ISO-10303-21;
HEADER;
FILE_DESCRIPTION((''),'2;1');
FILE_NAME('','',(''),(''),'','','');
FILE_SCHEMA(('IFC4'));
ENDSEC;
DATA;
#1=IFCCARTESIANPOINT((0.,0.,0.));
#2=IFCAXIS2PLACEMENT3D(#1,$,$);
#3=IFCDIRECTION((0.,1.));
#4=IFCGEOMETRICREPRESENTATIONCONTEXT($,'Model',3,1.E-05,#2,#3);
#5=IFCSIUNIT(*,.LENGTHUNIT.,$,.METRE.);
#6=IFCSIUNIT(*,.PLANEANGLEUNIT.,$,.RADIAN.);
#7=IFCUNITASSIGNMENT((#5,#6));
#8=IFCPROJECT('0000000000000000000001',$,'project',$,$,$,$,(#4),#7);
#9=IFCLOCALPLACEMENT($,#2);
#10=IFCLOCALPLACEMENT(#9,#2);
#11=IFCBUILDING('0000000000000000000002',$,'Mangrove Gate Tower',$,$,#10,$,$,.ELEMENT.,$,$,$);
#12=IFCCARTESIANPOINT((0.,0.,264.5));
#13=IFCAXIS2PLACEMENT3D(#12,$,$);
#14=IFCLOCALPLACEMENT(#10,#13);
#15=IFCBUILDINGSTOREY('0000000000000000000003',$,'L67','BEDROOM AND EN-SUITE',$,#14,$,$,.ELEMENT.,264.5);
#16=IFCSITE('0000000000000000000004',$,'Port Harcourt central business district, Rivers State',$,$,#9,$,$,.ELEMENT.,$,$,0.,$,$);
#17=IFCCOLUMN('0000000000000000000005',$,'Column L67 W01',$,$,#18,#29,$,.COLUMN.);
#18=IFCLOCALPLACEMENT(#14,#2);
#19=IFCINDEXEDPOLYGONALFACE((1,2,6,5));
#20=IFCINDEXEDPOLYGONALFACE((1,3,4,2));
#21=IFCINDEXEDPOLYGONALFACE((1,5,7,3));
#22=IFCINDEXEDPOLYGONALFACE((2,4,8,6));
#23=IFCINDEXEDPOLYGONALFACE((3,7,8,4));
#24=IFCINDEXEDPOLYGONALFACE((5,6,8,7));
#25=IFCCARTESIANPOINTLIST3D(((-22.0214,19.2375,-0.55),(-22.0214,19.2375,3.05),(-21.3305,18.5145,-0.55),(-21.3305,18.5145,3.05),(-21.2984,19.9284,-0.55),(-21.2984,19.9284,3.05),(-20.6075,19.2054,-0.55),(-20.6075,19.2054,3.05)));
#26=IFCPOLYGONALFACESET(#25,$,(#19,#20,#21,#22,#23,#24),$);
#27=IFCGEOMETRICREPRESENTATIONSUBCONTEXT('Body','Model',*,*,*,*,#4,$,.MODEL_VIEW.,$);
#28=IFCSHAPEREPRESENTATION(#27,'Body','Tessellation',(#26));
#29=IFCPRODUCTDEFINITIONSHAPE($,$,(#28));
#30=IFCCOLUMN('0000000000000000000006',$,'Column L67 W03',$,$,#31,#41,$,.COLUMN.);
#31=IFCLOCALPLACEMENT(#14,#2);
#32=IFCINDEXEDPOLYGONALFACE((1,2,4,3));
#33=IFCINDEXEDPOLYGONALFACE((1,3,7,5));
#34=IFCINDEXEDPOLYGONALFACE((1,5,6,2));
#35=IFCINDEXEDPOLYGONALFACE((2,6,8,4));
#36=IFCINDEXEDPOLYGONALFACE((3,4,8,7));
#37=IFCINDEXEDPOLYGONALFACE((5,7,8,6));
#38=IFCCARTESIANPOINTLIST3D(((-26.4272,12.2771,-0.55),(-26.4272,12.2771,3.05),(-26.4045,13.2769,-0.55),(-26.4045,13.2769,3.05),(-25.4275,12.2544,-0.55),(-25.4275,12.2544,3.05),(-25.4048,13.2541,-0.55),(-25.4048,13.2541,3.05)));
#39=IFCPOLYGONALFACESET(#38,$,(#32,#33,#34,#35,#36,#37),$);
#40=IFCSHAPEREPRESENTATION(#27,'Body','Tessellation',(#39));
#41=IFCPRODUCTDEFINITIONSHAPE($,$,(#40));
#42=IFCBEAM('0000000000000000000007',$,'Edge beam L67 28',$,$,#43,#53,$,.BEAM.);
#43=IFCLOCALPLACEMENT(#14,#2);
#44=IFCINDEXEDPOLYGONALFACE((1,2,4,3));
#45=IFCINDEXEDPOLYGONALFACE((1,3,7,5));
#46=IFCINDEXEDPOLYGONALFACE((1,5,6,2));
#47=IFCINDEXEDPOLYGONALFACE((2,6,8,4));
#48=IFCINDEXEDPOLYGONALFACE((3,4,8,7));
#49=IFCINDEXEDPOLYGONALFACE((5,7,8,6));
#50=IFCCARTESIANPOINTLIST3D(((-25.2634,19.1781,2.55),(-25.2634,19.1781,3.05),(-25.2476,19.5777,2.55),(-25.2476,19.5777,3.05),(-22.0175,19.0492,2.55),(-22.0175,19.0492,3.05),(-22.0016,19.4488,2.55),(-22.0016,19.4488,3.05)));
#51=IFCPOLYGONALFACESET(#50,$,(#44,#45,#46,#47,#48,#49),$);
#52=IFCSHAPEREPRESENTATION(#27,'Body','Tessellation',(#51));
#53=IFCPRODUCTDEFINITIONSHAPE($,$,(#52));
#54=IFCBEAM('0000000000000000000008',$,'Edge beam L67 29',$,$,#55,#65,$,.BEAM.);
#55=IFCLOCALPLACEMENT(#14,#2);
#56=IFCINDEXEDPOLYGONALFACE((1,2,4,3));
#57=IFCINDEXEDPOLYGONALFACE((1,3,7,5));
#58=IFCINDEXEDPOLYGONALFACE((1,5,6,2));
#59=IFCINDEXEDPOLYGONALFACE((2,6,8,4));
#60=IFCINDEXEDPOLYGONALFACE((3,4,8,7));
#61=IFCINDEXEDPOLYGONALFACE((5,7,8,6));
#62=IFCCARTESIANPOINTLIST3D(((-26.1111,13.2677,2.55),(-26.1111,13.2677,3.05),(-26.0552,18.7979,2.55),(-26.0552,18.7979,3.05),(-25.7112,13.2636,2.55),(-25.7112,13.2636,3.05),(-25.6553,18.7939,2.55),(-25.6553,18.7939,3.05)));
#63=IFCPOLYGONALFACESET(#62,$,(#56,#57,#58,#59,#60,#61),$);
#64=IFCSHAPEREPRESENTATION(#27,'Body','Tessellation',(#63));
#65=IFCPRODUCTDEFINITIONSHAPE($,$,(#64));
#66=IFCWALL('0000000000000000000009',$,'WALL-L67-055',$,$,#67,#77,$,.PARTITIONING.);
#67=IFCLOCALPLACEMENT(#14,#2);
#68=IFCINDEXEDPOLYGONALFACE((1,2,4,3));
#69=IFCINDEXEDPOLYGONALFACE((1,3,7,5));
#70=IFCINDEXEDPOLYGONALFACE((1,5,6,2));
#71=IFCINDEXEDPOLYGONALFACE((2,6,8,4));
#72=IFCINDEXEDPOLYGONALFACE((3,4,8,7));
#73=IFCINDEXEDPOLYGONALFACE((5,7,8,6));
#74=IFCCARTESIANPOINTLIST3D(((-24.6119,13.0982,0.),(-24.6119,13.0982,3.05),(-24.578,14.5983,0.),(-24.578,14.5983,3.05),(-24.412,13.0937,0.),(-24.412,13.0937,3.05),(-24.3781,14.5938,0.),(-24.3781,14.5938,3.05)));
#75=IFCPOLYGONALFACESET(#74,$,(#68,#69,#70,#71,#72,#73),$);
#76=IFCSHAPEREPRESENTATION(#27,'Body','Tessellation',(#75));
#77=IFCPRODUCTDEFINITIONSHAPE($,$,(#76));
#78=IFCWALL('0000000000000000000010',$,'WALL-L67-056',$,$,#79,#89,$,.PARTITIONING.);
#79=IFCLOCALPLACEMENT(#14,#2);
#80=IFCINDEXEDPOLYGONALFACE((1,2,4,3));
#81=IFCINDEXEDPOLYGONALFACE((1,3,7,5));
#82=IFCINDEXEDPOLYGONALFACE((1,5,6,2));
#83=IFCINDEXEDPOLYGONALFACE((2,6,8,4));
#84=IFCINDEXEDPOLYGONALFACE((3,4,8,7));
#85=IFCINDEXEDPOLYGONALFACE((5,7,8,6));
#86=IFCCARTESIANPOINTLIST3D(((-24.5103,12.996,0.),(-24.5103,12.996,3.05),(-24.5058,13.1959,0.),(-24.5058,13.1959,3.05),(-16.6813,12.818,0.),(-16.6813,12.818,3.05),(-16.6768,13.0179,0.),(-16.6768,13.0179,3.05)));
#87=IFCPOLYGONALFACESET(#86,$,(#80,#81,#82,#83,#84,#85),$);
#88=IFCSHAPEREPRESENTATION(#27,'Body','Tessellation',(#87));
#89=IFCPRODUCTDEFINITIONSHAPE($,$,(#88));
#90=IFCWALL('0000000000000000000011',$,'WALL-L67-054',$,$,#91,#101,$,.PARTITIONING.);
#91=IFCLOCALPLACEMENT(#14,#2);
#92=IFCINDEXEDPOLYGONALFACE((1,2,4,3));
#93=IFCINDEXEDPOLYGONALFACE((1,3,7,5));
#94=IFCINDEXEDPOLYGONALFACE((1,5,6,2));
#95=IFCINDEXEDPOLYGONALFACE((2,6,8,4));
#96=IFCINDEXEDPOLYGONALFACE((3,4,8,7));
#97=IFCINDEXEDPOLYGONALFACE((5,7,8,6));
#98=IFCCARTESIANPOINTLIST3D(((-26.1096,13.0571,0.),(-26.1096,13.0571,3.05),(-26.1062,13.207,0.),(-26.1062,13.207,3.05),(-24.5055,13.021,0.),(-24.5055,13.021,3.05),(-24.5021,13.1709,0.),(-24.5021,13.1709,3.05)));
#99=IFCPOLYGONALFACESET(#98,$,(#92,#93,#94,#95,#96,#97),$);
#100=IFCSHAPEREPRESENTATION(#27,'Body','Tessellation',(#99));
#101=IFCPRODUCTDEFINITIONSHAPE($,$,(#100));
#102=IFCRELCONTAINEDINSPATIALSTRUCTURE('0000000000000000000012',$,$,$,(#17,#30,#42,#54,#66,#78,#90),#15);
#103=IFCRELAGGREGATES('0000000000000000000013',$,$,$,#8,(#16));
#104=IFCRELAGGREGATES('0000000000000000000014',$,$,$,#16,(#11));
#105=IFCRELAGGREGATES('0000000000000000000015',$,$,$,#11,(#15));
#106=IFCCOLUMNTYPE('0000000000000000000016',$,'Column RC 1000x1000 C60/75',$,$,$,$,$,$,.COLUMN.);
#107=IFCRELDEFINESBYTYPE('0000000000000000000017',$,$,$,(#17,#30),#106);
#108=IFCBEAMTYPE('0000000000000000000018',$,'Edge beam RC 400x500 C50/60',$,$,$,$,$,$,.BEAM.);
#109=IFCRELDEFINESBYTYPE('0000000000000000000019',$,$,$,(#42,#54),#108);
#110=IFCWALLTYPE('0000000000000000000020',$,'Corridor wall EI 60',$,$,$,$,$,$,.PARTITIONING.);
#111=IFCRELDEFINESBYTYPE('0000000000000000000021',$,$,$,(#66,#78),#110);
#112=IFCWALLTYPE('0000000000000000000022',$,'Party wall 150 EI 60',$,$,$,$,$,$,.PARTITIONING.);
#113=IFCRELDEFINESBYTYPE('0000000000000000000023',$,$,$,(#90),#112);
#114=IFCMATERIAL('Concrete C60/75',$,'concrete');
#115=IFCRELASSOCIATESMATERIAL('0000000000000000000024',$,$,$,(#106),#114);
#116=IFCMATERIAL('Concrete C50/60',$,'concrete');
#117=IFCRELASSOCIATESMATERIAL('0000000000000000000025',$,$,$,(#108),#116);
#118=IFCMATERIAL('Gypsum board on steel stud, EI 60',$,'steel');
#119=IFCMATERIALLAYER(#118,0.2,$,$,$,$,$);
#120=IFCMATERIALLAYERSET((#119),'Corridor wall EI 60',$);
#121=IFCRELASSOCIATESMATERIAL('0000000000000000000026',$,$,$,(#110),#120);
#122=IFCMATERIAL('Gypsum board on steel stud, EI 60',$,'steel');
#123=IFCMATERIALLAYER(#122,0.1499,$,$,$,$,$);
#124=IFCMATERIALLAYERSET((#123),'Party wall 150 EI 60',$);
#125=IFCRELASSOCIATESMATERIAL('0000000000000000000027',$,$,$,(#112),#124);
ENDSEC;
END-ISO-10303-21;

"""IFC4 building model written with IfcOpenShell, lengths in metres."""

from ifc_helpers import new_model, si_unit, direction, frame, frame_2d, origin, origin_2d, place, context, subcontext, project, spatial, rectangle, extrude, material, layer, layer_set, material_profile, profile_set, type_object, element, save


model = new_model("IFC4")

# Units and contexts
model_context = context("Model", 3, precision=1e-05, world=origin(), true_north=direction((0.0, 1.0)))
body_context = subcontext(model_context, "Body", "Model", "MODEL_VIEW")
ifc_project = project(units=[si_unit("LENGTHUNIT", "METRE"), si_unit("PLANEANGLEUNIT", "RADIAN")], contexts=[model_context])

# Site, building, storey
site_placement = place(None, origin())
site = spatial("IfcSite", under=ifc_project, at=site_placement, Name="Port Harcourt central business district, Rivers State", CompositionType="ELEMENT", RefElevation=0.0)
building_placement = place(site_placement, origin())
building = spatial("IfcBuilding", under=site, at=building_placement, Name="Mangrove Gate Tower", CompositionType="ELEMENT")
storey_placement = place(building_placement, frame((0.0, 0.0, 264.5)))
storey = spatial("IfcBuildingStorey", under=building, at=storey_placement, Name="L67", Description="BEDROOM AND EN-SUITE", CompositionType="ELEMENT", Elevation=264.5)

# Columns
ifc_material_1 = material(Name="Concrete C60/75", Category="concrete")
ifc_material_profile_1 = material_profile(ifc_material_1, rectangle(XDim=1.0, YDim=1.0, at=origin_2d()))
ifc_profile_set_1 = profile_set([ifc_material_profile_1], Name="Concrete C60/75")
column_type = type_object("IfcColumnType", Name="Column RC 1000x1000 C60/75", PredefinedType="COLUMN", material=ifc_profile_set_1)
for number, where, z_axis, x_axis, name in (
    (1, (-21.3145, 19.2214, -0.55), (0.0, 0.0, 1.0), (-0.722989, -0.69086, 0.0), "Column L67 W01"),
    (2, (-25.916, 12.7656, -0.55), (0.0, 0.0, 1.0), (-0.022712, -0.999742, 0.0), "Column L67 W03"),
):
    element("IfcColumn", number, at=place(storey_placement, frame(where, z_axis=z_axis, x_axis=x_axis)), inside=storey, type_object=column_type, Name=name, PredefinedType="COLUMN", context=body_context, shape_type="SweptSolid", body=[
        extrude(rectangle(XDim=1.0, YDim=1.0, at=origin_2d()), origin(), (0.0, 0.0, 1.0), 3.6001),
    ])

# Beams
ifc_material_2 = material(Name="Concrete C50/60", Category="concrete")
ifc_material_profile_2 = material_profile(ifc_material_2, rectangle(XDim=0.3999, YDim=0.5, at=origin_2d()))
ifc_profile_set_2 = profile_set([ifc_material_profile_2], Name="Concrete C50/60")
beam_type = type_object("IfcBeamType", Name="Edge beam RC 400x500 C50/60", PredefinedType="BEAM", material=ifc_profile_set_2)
beam_1_placement = place(storey_placement, frame((-22.0095, 19.249, 2.8), z_axis=(-0.999212, 0.03968, 0.0), x_axis=(-0.03968, -0.999212, 0.0)))
element("IfcBeam", 3, at=beam_1_placement, inside=storey, type_object=beam_type, Name="Edge beam L67 28", PredefinedType="BEAM", context=body_context, shape_type="SweptSolid", body=[
    extrude(rectangle(XDim=0.3999, YDim=0.5, at=origin_2d()), origin(), (0.0, 0.0, 1.0), 3.2485),
])
beam_2_placement = place(storey_placement, frame((-25.8552, 18.7959, 2.8), z_axis=(-0.010109, -0.999949, 0.0), x_axis=(0.999949, -0.010109, 0.0)))
element("IfcBeam", 4, at=beam_2_placement, inside=storey, type_object=beam_type, Name="Edge beam L67 29", PredefinedType="BEAM", context=body_context, shape_type="SweptSolid", body=[
    extrude(rectangle(XDim=0.3999, YDim=0.5, at=origin_2d()), origin(), (0.0, 0.0, 1.0), 5.5305),
])

# Walls
ifc_material_3 = material(Name="Gypsum board on steel stud, EI 60", Category="steel")
ifc_layer_1 = layer(ifc_material_3, 0.2)
ifc_layer_set_1 = layer_set([ifc_layer_1], Name="Corridor wall EI 60")
wall_type_1 = type_object("IfcWallType", Name="Corridor wall EI 60", PredefinedType="PARTITIONING", material=ifc_layer_set_1)
wall_1_placement = place(storey_placement, frame((-24.512, 13.0959, 0.0), z_axis=(0.0, 0.0, 1.0), x_axis=(0.022618, 0.999744, 0.0)))
element("IfcWall", 5, at=wall_1_placement, inside=storey, type_object=wall_type_1, Name="WALL-L67-055", PredefinedType="PARTITIONING", context=body_context, shape_type="SweptSolid", body=[
    extrude(rectangle(XDim=1.5005, YDim=0.2, at=frame_2d((0.7502, 0.0))), origin(), (0.0, 0.0, 1.0), 3.05),
])
wall_2_placement = place(storey_placement, frame((-24.5081, 13.0959, 0.0), z_axis=(0.0, 0.0, 1.0), x_axis=(0.999742, -0.022727, 0.0)))
element("IfcWall", 6, at=wall_2_placement, inside=storey, type_object=wall_type_1, Name="WALL-L67-056", PredefinedType="PARTITIONING", context=body_context, shape_type="SweptSolid", body=[
    extrude(rectangle(XDim=7.8311, YDim=0.2, at=frame_2d((3.9155, 0.0))), origin(), (0.0, 0.0, 1.0), 3.05),
])

# Wall
ifc_material_4 = material(Name="Gypsum board on steel stud, EI 60", Category="steel")
ifc_layer_2 = layer(ifc_material_4, 0.1499)
ifc_layer_set_2 = layer_set([ifc_layer_2], Name="Party wall 150 EI 60")
wall_type_2 = type_object("IfcWallType", Name="Party wall 150 EI 60", PredefinedType="PARTITIONING", material=ifc_layer_set_2)
wall_3_placement = place(storey_placement, frame((-26.1079, 13.1321, 0.0), z_axis=(0.0, 0.0, 1.0), x_axis=(0.999746, -0.022521, 0.0)))
element("IfcWall", 7, at=wall_3_placement, inside=storey, type_object=wall_type_2, Name="WALL-L67-054", PredefinedType="PARTITIONING", context=body_context, shape_type="SweptSolid", body=[
    extrude(rectangle(XDim=1.6045, YDim=0.1499, at=frame_2d((0.8022, 0.0))), origin(), (0.0, 0.0, 1.0), 3.05),
])

save(model, "model.ifc")
